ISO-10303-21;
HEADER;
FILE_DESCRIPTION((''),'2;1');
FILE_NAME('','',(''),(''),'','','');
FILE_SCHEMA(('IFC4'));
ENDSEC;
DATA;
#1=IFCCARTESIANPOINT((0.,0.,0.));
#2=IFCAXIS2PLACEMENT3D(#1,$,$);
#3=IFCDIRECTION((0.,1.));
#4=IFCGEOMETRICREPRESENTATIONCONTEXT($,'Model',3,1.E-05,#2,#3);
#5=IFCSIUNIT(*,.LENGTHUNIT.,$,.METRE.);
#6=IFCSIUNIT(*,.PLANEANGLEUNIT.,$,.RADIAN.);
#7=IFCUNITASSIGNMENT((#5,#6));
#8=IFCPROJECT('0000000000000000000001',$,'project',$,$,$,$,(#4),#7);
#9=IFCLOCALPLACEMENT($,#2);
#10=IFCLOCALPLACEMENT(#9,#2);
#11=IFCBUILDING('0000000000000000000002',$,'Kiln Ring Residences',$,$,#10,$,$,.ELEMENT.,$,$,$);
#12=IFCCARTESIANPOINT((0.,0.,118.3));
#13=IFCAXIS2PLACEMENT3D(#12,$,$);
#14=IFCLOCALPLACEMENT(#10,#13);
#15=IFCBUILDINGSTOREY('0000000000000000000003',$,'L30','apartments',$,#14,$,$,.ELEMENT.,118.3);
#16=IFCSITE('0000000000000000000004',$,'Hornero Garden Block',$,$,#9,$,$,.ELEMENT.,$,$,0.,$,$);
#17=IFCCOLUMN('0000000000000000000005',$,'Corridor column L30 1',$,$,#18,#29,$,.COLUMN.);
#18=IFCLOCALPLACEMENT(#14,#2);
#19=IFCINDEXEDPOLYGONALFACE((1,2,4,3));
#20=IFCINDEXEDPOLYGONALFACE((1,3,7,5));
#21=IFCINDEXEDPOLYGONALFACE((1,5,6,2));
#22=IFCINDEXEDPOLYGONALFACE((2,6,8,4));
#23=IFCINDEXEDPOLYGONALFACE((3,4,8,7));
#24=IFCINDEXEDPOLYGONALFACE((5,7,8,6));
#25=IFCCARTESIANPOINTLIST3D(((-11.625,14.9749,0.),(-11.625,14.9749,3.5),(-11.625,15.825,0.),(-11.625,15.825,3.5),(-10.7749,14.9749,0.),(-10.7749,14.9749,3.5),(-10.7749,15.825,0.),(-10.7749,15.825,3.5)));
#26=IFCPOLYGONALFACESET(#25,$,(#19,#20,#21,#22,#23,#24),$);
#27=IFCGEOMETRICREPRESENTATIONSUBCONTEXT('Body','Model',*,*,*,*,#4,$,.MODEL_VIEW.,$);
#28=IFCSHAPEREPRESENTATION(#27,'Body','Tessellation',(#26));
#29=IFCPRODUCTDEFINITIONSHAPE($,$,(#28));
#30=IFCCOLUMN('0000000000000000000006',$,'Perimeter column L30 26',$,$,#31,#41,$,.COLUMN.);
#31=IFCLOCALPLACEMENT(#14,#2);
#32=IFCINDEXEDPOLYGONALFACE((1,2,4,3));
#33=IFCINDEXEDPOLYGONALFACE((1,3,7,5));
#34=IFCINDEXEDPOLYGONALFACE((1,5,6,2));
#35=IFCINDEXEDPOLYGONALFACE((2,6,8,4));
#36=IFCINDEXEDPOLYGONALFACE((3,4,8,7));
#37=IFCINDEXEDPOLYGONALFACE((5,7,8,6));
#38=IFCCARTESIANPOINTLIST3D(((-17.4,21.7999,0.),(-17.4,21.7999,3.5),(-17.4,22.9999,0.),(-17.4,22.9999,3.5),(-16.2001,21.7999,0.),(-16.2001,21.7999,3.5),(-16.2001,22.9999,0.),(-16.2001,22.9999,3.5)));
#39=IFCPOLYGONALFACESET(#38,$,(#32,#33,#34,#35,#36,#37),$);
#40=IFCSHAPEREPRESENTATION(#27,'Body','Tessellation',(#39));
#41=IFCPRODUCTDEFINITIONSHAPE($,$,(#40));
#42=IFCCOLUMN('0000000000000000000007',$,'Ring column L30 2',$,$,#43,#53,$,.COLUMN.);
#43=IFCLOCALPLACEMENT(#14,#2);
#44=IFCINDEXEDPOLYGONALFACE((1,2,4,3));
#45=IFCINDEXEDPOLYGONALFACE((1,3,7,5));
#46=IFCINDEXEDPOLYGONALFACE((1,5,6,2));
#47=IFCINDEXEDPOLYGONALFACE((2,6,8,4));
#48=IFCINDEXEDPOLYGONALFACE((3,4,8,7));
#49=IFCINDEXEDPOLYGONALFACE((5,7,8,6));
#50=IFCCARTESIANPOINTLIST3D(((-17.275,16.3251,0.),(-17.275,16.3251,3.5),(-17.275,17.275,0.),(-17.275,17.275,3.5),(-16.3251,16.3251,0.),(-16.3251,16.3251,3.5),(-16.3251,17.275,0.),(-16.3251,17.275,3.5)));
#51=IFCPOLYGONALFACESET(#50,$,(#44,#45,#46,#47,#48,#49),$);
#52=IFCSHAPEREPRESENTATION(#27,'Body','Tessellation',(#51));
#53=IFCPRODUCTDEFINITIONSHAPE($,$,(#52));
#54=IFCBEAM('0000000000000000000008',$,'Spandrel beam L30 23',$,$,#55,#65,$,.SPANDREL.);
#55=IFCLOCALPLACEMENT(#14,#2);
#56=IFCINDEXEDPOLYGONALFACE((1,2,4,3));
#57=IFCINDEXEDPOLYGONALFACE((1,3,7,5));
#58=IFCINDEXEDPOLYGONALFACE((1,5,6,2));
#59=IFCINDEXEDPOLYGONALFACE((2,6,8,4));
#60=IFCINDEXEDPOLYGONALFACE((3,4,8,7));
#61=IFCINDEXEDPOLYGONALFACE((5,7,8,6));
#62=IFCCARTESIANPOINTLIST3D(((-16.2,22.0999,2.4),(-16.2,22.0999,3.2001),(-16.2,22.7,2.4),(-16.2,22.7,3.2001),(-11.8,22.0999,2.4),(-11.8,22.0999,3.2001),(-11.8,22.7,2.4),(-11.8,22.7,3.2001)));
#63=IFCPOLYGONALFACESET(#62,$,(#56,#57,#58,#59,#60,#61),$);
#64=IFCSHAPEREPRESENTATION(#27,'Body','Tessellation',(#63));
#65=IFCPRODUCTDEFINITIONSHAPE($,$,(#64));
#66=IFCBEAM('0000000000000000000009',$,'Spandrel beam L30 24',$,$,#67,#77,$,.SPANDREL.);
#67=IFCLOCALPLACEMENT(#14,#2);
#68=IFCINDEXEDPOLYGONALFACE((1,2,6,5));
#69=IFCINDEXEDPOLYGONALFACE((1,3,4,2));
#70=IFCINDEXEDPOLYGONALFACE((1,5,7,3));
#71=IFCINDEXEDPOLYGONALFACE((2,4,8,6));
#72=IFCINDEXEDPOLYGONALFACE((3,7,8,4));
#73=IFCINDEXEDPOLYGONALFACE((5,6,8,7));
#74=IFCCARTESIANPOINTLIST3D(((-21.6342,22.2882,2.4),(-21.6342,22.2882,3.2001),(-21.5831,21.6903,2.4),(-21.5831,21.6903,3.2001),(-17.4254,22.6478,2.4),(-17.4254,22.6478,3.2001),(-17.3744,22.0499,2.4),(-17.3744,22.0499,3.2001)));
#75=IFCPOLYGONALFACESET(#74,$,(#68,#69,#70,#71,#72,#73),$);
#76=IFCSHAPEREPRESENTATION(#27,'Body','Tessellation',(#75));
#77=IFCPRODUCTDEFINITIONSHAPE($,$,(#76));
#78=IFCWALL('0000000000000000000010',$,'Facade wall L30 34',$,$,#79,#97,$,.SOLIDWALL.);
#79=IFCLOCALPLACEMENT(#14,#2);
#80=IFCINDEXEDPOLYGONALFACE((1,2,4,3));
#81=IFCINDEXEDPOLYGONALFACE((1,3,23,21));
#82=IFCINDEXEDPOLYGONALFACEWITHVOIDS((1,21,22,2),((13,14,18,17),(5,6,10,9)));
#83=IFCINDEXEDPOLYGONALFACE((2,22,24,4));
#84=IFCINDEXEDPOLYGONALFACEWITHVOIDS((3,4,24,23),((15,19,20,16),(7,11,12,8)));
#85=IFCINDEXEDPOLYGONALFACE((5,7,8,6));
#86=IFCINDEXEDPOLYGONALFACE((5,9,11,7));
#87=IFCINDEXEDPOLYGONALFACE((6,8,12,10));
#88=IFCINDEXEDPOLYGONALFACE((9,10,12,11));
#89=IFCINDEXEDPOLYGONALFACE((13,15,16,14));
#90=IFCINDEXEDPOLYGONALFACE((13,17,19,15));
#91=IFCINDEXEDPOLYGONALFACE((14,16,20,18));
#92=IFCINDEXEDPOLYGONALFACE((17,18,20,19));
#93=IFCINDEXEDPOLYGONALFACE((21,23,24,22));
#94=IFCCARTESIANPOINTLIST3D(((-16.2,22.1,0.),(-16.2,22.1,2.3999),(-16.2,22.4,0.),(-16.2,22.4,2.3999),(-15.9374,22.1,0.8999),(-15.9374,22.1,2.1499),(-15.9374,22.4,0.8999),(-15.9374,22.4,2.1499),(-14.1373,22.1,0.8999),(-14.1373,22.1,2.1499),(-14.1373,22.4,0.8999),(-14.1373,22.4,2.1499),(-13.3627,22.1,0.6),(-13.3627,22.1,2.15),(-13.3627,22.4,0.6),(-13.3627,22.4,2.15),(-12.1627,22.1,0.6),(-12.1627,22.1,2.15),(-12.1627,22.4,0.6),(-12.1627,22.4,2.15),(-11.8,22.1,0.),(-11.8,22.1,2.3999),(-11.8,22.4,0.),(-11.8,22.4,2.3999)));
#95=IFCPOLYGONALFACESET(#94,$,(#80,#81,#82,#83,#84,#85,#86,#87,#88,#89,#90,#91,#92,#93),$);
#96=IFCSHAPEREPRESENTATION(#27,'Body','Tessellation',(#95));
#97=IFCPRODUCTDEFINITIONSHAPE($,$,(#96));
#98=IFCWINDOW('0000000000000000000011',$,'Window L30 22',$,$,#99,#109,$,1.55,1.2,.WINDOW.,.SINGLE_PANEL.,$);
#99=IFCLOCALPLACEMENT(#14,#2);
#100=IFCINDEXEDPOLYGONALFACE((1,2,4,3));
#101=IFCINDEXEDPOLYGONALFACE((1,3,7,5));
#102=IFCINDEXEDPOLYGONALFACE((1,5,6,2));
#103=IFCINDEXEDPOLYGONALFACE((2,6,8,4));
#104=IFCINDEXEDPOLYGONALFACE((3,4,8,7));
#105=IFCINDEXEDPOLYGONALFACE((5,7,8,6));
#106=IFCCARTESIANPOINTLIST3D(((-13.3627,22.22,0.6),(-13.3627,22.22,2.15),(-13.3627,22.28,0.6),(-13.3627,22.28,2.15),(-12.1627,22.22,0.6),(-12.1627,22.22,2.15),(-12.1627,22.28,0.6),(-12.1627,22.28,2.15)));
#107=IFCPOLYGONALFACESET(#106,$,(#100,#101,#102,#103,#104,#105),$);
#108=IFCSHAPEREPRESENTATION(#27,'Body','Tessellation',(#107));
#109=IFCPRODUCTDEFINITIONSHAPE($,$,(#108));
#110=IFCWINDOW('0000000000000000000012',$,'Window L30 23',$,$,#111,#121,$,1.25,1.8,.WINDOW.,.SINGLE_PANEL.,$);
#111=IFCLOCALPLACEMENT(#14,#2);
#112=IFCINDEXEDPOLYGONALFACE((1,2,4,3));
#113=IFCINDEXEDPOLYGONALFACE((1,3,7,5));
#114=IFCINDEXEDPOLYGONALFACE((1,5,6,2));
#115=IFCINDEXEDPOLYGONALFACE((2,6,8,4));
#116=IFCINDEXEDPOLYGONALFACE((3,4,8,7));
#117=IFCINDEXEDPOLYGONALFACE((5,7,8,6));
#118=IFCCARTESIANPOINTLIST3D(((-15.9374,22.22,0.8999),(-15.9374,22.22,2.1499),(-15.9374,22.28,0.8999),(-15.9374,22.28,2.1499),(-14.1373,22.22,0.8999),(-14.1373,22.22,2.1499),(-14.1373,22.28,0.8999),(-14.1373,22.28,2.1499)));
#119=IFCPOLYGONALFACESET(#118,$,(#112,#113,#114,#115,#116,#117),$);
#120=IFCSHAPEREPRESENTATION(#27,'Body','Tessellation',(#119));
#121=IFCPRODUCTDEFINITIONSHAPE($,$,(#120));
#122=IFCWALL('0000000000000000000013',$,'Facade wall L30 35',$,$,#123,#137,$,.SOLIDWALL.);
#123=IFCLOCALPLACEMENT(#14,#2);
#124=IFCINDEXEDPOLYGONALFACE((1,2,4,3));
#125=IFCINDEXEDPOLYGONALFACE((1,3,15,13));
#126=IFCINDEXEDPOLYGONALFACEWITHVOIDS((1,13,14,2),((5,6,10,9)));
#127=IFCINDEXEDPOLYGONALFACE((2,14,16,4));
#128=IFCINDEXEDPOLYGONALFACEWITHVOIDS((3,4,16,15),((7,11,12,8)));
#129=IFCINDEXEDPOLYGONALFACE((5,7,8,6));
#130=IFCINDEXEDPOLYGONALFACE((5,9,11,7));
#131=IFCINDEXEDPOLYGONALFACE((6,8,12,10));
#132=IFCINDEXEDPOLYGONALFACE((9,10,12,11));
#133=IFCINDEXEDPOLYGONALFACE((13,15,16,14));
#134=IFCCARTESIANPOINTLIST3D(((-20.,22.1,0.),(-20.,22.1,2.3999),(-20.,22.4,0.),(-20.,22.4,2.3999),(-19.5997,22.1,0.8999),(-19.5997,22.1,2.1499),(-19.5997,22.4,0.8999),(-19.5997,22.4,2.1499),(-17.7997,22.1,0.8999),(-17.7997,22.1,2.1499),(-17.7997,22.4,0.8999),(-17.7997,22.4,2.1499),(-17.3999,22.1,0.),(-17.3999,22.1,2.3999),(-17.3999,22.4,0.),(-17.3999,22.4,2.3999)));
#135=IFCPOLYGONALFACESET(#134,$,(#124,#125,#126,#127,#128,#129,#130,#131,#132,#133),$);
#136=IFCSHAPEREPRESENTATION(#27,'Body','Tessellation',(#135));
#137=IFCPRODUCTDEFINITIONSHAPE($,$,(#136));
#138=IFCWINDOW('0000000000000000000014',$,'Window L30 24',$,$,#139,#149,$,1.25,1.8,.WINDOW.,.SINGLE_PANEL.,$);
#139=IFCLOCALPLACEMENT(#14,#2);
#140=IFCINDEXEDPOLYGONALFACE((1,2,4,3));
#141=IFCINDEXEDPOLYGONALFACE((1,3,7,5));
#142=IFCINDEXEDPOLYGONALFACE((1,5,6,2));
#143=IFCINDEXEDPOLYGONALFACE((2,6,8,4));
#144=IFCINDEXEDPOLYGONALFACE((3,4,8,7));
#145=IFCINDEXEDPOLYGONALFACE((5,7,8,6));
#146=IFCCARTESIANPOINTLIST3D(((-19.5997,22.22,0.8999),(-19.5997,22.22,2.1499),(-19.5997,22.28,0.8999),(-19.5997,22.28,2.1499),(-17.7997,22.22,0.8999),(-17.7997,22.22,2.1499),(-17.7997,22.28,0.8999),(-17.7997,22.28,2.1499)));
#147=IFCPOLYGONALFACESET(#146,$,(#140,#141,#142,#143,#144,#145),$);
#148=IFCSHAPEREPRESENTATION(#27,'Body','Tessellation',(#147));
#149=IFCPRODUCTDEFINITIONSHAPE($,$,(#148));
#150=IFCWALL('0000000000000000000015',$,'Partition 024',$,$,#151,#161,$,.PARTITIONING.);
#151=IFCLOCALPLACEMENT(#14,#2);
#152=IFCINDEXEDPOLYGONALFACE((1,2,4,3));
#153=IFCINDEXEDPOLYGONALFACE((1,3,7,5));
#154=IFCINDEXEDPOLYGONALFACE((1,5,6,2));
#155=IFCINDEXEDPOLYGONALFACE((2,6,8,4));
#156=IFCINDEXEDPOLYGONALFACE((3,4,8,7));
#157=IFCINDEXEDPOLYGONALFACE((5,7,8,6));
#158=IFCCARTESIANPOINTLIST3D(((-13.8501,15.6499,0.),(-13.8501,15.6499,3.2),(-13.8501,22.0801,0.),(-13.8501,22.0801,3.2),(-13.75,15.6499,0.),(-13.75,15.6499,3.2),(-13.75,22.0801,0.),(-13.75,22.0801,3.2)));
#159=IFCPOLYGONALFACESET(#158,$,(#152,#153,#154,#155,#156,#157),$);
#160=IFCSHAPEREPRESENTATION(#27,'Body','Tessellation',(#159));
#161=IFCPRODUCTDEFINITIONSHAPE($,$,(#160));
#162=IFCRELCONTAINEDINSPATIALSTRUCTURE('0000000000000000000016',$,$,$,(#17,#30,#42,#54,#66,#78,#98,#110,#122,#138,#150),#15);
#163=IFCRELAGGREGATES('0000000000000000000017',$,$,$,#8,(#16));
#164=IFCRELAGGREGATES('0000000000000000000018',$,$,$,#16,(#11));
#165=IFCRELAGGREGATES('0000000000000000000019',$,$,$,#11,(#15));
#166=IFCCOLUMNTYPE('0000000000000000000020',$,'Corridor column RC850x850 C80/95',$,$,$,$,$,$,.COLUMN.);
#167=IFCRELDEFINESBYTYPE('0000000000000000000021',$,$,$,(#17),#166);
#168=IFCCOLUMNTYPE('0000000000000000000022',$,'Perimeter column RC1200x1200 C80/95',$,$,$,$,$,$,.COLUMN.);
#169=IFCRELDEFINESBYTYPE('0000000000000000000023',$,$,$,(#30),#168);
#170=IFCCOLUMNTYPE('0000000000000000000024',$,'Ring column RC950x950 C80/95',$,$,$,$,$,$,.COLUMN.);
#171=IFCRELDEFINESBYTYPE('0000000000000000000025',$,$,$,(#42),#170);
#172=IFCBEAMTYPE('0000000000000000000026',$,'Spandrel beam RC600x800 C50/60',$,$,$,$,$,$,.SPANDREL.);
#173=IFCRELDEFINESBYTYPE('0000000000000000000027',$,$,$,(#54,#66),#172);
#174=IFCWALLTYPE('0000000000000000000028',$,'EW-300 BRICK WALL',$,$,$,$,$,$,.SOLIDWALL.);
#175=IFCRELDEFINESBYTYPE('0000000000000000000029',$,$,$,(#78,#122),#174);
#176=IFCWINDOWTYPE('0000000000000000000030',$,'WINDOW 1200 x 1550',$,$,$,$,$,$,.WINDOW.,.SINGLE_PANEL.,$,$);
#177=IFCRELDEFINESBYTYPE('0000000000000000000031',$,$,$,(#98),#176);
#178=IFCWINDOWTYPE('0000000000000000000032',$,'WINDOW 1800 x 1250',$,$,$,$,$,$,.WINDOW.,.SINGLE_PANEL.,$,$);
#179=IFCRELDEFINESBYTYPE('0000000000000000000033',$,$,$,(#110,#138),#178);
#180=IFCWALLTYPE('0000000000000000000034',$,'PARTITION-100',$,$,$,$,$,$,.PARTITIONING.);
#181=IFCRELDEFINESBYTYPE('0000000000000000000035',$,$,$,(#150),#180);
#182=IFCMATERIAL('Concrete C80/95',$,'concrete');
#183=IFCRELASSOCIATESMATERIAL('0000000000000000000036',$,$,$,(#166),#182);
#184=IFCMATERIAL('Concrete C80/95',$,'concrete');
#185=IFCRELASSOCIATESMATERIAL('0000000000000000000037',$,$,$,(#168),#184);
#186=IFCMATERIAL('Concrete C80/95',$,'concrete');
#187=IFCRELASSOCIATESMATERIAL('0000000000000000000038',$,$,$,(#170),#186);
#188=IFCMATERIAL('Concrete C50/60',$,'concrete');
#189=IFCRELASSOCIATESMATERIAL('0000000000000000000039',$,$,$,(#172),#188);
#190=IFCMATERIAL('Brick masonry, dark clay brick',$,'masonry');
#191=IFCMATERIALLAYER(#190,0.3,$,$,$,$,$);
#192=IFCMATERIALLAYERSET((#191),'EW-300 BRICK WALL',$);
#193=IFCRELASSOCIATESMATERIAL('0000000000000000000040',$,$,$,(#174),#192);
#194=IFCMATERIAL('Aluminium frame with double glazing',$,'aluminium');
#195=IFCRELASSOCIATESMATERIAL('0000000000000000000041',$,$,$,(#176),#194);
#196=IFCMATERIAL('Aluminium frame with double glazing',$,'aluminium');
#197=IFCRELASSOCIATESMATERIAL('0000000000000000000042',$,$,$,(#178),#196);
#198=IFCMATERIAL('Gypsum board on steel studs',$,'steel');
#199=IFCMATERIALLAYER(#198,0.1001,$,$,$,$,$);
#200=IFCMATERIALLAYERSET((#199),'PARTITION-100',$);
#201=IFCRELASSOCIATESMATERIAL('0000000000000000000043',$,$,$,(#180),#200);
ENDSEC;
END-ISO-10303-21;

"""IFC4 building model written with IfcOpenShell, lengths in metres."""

from ifc_helpers import new_model, si_unit, direction, frame, frame_2d, origin, origin_2d, place, context, subcontext, project, spatial, rectangle, extrude, material, layer, layer_set, material_profile, profile_set, type_object, element, fill, save


model = new_model("IFC4")

# Units and contexts
model_context = context("Model", 3, precision=1e-05, world=origin(), true_north=direction((0.0, 1.0)))
body_context = subcontext(model_context, "Body", "Model", "MODEL_VIEW")
ifc_project = project(units=[si_unit("LENGTHUNIT", "METRE"), si_unit("PLANEANGLEUNIT", "RADIAN")], contexts=[model_context])

# Site, building, storey
site_placement = place(None, origin())
site = spatial("IfcSite", under=ifc_project, at=site_placement, Name="Hornero Garden Block", CompositionType="ELEMENT", RefElevation=0.0)
building_placement = place(site_placement, origin())
building = spatial("IfcBuilding", under=site, at=building_placement, Name="Kiln Ring Residences", CompositionType="ELEMENT")
storey_placement = place(building_placement, frame((0.0, 0.0, 118.3)))
storey = spatial("IfcBuildingStorey", under=building, at=storey_placement, Name="L30", Description="apartments", CompositionType="ELEMENT", Elevation=118.3)

# Columns
ifc_material_1 = material(Name="Concrete C80/95", Category="concrete")
ifc_material_profile_1 = material_profile(ifc_material_1, rectangle(XDim=0.8501, YDim=0.8501, at=origin_2d()), Name="RC850x850")
ifc_profile_set_1 = profile_set([ifc_material_profile_1], Name="Concrete C80/95")
column_type_1 = type_object("IfcColumnType", Name="Corridor column RC850x850 C80/95", PredefinedType="COLUMN", material=ifc_profile_set_1)
column_1_placement = place(storey_placement, frame((-11.2, 15.3999, 0.0), z_axis=(0.0, 0.0, 1.0), x_axis=(1.0, 0.0, 0.0)))
element("IfcColumn", 1, at=column_1_placement, inside=storey, type_object=column_type_1, Name="Corridor column L30 1", PredefinedType="COLUMN", context=body_context, shape_type="SweptSolid", body=[
    extrude(rectangle(XDim=0.8501, YDim=0.8501, at=origin_2d()), origin(), (0.0, 0.0, 1.0), 3.5),
])
ifc_material_2 = material(Name="Concrete C80/95", Category="concrete")
ifc_material_profile_2 = material_profile(ifc_material_2, rectangle(XDim=1.2, YDim=1.2, at=origin_2d()), Name="RC1200x1200")
ifc_profile_set_2 = profile_set([ifc_material_profile_2], Name="Concrete C80/95")
column_type_2 = type_object("IfcColumnType", Name="Perimeter column RC1200x1200 C80/95", PredefinedType="COLUMN", material=ifc_profile_set_2)
column_2_placement = place(storey_placement, frame((-16.8, 22.3999, 0.0), z_axis=(0.0, 0.0, 1.0), x_axis=(1.0, 0.0, 0.0)))
element("IfcColumn", 2, at=column_2_placement, inside=storey, type_object=column_type_2, Name="Perimeter column L30 26", PredefinedType="COLUMN", context=body_context, shape_type="SweptSolid", body=[
    extrude(rectangle(XDim=1.2, YDim=1.2, at=origin_2d()), origin(), (0.0, 0.0, 1.0), 3.5),
])
ifc_material_3 = material(Name="Concrete C80/95", Category="concrete")
ifc_material_profile_3 = material_profile(ifc_material_3, rectangle(XDim=0.95, YDim=0.95, at=origin_2d()), Name="RC950x950")
ifc_profile_set_3 = profile_set([ifc_material_profile_3], Name="Concrete C80/95")
column_type_3 = type_object("IfcColumnType", Name="Ring column RC950x950 C80/95", PredefinedType="COLUMN", material=ifc_profile_set_3)
column_3_placement = place(storey_placement, frame((-16.8, 16.8, 0.0), z_axis=(0.0, 0.0, 1.0), x_axis=(1.0, 0.0, 0.0)))
element("IfcColumn", 3, at=column_3_placement, inside=storey, type_object=column_type_3, Name="Ring column L30 2", PredefinedType="COLUMN", context=body_context, shape_type="SweptSolid", body=[
    extrude(rectangle(XDim=0.95, YDim=0.95, at=origin_2d()), origin(), (0.0, 0.0, 1.0), 3.5),
])

# Beams
ifc_material_4 = material(Name="Concrete C50/60", Category="concrete")
ifc_material_profile_4 = material_profile(ifc_material_4, rectangle(XDim=0.6001, YDim=0.8, at=origin_2d()), Name="RC600x800")
ifc_profile_set_4 = profile_set([ifc_material_profile_4], Name="Concrete C50/60")
beam_type = type_object("IfcBeamType", Name="Spandrel beam RC600x800 C50/60", PredefinedType="SPANDREL", material=ifc_profile_set_4)
beam_1_placement = place(storey_placement, frame((-11.8, 22.3999, 2.8), z_axis=(-1.0, 0.0, 0.0), x_axis=(0.0, -1.0, 0.0)))
element("IfcBeam", 4, at=beam_1_placement, inside=storey, type_object=beam_type, Name="Spandrel beam L30 23", PredefinedType="SPANDREL", context=body_context, shape_type="SweptSolid", body=[
    extrude(rectangle(XDim=0.6001, YDim=0.8, at=origin_2d()), origin(), (0.0, 0.0, 1.0), 4.3999),
])
beam_2_placement = place(storey_placement, frame((-17.3999, 22.3489, 2.8), z_axis=(-0.996369, -0.085136, 0.0), x_axis=(0.085136, -0.996369, 0.0)))
element("IfcBeam", 5, at=beam_2_placement, inside=storey, type_object=beam_type, Name="Spandrel beam L30 24", PredefinedType="SPANDREL", context=body_context, shape_type="SweptSolid", body=[
    extrude(rectangle(XDim=0.6001, YDim=0.8, at=origin_2d()), origin(), (0.0, 0.0, 1.0), 4.2241),
])

# Wall, openings, windows
ifc_material_5 = material(Name="Brick masonry, dark clay brick", Category="masonry")
ifc_layer_1 = layer(ifc_material_5, 0.3)
ifc_layer_set_1 = layer_set([ifc_layer_1], Name="EW-300 BRICK WALL")
wall_type_1 = type_object("IfcWallType", Name="EW-300 BRICK WALL", PredefinedType="SOLIDWALL", material=ifc_layer_set_1)
wall_1_placement = place(storey_placement, frame((-11.8, 22.25, 0.0), z_axis=(0.0, 0.0, 1.0), x_axis=(-1.0, 0.0, 0.0)))
wall_1 = element("IfcWall", 6, at=wall_1_placement, inside=storey, type_object=wall_type_1, Name="Facade wall L30 34", PredefinedType="SOLIDWALL", context=body_context, shape_type="SweptSolid", body=[
    extrude(rectangle(XDim=4.3999, YDim=0.3, at=frame_2d((2.2, 0.0))), origin(), (0.0, 0.0, 1.0), 2.3999),
])
opening_1_placement = place(wall_1_placement, frame((0.3625, 0.0, 0.6001)))
opening_1 = element("IfcOpeningElement", 7, at=opening_1_placement, cuts=wall_1, PredefinedType="OPENING", context=body_context, shape_type="SweptSolid", body=[
    extrude(rectangle(XDim=1.2, YDim=1.55, at=frame_2d((0.6001, 0.7749))), frame((0.0, 0.1599, 0.0), z_axis=(0.0, -1.0, 0.0), x_axis=(1.0, 0.0, 0.0)), (0.0, 0.0, 1.0), 0.3201),
])
opening_2_placement = place(wall_1_placement, frame((2.3374, 0.0, 0.8999)))
opening_2 = element("IfcOpeningElement", 8, at=opening_2_placement, cuts=wall_1, PredefinedType="OPENING", context=body_context, shape_type="SweptSolid", body=[
    extrude(rectangle(XDim=1.8, YDim=1.25, at=frame_2d((0.8999, 0.625))), frame((0.0, 0.1599, 0.0), z_axis=(0.0, -1.0, 0.0), x_axis=(1.0, 0.0, 0.0)), (0.0, 0.0, 1.0), 0.3201),
])
ifc_material_6 = material(Name="Aluminium frame with double glazing", Category="aluminium")
window_type_1 = type_object("IfcWindowType", Name="WINDOW 1200 x 1550", PartitioningType="SINGLE_PANEL", PredefinedType="WINDOW", material=ifc_material_6)
window_1_placement = place(opening_1_placement, origin())
window_1 = element("IfcWindow", 9, at=window_1_placement, inside=storey, type_object=window_type_1, Name="Window L30 22", OverallHeight=1.55, OverallWidth=1.2, PartitioningType="SINGLE_PANEL", PredefinedType="WINDOW", context=body_context, shape_type="SweptSolid", body=[
    extrude(rectangle(XDim=1.2, YDim=1.55, at=frame_2d((0.6001, 0.7749))), frame((0.0, 0.03, 0.0), z_axis=(0.0, -1.0, 0.0), x_axis=(1.0, 0.0, 0.0)), (0.0, 0.0, 1.0), 0.0601),
])
fill(opening_1, window_1)
ifc_material_7 = material(Name="Aluminium frame with double glazing", Category="aluminium")
window_type_2 = type_object("IfcWindowType", Name="WINDOW 1800 x 1250", PartitioningType="SINGLE_PANEL", PredefinedType="WINDOW", material=ifc_material_7)
window_2_placement = place(opening_2_placement, origin())
window_2 = element("IfcWindow", 10, at=window_2_placement, inside=storey, type_object=window_type_2, Name="Window L30 23", OverallHeight=1.25, OverallWidth=1.8, PartitioningType="SINGLE_PANEL", PredefinedType="WINDOW", context=body_context, shape_type="SweptSolid", body=[
    extrude(rectangle(XDim=1.8, YDim=1.25, at=frame_2d((0.8999, 0.625))), frame((0.0, 0.03, 0.0), z_axis=(0.0, -1.0, 0.0), x_axis=(1.0, 0.0, 0.0)), (0.0, 0.0, 1.0), 0.0601),
])
fill(opening_2, window_2)

# Wall, opening, window
wall_2_placement = place(storey_placement, frame((-17.3999, 22.25, 0.0), z_axis=(0.0, 0.0, 1.0), x_axis=(-1.0, 0.0, 0.0)))
wall_2 = element("IfcWall", 11, at=wall_2_placement, inside=storey, type_object=wall_type_1, Name="Facade wall L30 35", PredefinedType="SOLIDWALL", context=body_context, shape_type="SweptSolid", body=[
    extrude(rectangle(XDim=2.6001, YDim=0.3, at=frame_2d((1.3, 0.0))), origin(), (0.0, 0.0, 1.0), 2.3999),
])
opening_3_placement = place(wall_2_placement, frame((0.3999, 0.0, 0.8999)))
opening_3 = element("IfcOpeningElement", 12, at=opening_3_placement, cuts=wall_2, PredefinedType="OPENING", context=body_context, shape_type="SweptSolid", body=[
    extrude(rectangle(XDim=1.8, YDim=1.25, at=frame_2d((0.8999, 0.625))), frame((0.0, 0.1599, 0.0), z_axis=(0.0, -1.0, 0.0), x_axis=(1.0, 0.0, 0.0)), (0.0, 0.0, 1.0), 0.3201),
])
window_3_placement = place(opening_3_placement, origin())
window_3 = element("IfcWindow", 13, at=window_3_placement, inside=storey, type_object=window_type_2, Name="Window L30 24", OverallHeight=1.25, OverallWidth=1.8, PartitioningType="SINGLE_PANEL", PredefinedType="WINDOW", context=body_context, shape_type="SweptSolid", body=[
    extrude(rectangle(XDim=1.8, YDim=1.25, at=frame_2d((0.8999, 0.625))), frame((0.0, 0.03, 0.0), z_axis=(0.0, -1.0, 0.0), x_axis=(1.0, 0.0, 0.0)), (0.0, 0.0, 1.0), 0.0601),
])
fill(opening_3, window_3)

# Shared definitions
ifc_material_8 = material(Name="Gypsum board on steel studs", Category="steel")
ifc_layer_2 = layer(ifc_material_8, 0.1001)
ifc_layer_set_2 = layer_set([ifc_layer_2], Name="PARTITION-100")
wall_type_2 = type_object("IfcWallType", Name="PARTITION-100", PredefinedType="PARTITIONING", material=ifc_layer_set_2)

# Wall
wall_3_placement = place(storey_placement, frame((-13.8, 15.6499, 0.0), z_axis=(0.0, 0.0, 1.0), x_axis=(0.0, 1.0, 0.0)))
element("IfcWall", 14, at=wall_3_placement, inside=storey, type_object=wall_type_2, Name="Partition 024", PredefinedType="PARTITIONING", context=body_context, shape_type="SweptSolid", body=[
    extrude(rectangle(XDim=6.4302, YDim=0.1001, at=frame_2d((3.2151, 0.0))), origin(), (0.0, 0.0, 1.0), 3.2),
])

save(model, "model.ifc")
